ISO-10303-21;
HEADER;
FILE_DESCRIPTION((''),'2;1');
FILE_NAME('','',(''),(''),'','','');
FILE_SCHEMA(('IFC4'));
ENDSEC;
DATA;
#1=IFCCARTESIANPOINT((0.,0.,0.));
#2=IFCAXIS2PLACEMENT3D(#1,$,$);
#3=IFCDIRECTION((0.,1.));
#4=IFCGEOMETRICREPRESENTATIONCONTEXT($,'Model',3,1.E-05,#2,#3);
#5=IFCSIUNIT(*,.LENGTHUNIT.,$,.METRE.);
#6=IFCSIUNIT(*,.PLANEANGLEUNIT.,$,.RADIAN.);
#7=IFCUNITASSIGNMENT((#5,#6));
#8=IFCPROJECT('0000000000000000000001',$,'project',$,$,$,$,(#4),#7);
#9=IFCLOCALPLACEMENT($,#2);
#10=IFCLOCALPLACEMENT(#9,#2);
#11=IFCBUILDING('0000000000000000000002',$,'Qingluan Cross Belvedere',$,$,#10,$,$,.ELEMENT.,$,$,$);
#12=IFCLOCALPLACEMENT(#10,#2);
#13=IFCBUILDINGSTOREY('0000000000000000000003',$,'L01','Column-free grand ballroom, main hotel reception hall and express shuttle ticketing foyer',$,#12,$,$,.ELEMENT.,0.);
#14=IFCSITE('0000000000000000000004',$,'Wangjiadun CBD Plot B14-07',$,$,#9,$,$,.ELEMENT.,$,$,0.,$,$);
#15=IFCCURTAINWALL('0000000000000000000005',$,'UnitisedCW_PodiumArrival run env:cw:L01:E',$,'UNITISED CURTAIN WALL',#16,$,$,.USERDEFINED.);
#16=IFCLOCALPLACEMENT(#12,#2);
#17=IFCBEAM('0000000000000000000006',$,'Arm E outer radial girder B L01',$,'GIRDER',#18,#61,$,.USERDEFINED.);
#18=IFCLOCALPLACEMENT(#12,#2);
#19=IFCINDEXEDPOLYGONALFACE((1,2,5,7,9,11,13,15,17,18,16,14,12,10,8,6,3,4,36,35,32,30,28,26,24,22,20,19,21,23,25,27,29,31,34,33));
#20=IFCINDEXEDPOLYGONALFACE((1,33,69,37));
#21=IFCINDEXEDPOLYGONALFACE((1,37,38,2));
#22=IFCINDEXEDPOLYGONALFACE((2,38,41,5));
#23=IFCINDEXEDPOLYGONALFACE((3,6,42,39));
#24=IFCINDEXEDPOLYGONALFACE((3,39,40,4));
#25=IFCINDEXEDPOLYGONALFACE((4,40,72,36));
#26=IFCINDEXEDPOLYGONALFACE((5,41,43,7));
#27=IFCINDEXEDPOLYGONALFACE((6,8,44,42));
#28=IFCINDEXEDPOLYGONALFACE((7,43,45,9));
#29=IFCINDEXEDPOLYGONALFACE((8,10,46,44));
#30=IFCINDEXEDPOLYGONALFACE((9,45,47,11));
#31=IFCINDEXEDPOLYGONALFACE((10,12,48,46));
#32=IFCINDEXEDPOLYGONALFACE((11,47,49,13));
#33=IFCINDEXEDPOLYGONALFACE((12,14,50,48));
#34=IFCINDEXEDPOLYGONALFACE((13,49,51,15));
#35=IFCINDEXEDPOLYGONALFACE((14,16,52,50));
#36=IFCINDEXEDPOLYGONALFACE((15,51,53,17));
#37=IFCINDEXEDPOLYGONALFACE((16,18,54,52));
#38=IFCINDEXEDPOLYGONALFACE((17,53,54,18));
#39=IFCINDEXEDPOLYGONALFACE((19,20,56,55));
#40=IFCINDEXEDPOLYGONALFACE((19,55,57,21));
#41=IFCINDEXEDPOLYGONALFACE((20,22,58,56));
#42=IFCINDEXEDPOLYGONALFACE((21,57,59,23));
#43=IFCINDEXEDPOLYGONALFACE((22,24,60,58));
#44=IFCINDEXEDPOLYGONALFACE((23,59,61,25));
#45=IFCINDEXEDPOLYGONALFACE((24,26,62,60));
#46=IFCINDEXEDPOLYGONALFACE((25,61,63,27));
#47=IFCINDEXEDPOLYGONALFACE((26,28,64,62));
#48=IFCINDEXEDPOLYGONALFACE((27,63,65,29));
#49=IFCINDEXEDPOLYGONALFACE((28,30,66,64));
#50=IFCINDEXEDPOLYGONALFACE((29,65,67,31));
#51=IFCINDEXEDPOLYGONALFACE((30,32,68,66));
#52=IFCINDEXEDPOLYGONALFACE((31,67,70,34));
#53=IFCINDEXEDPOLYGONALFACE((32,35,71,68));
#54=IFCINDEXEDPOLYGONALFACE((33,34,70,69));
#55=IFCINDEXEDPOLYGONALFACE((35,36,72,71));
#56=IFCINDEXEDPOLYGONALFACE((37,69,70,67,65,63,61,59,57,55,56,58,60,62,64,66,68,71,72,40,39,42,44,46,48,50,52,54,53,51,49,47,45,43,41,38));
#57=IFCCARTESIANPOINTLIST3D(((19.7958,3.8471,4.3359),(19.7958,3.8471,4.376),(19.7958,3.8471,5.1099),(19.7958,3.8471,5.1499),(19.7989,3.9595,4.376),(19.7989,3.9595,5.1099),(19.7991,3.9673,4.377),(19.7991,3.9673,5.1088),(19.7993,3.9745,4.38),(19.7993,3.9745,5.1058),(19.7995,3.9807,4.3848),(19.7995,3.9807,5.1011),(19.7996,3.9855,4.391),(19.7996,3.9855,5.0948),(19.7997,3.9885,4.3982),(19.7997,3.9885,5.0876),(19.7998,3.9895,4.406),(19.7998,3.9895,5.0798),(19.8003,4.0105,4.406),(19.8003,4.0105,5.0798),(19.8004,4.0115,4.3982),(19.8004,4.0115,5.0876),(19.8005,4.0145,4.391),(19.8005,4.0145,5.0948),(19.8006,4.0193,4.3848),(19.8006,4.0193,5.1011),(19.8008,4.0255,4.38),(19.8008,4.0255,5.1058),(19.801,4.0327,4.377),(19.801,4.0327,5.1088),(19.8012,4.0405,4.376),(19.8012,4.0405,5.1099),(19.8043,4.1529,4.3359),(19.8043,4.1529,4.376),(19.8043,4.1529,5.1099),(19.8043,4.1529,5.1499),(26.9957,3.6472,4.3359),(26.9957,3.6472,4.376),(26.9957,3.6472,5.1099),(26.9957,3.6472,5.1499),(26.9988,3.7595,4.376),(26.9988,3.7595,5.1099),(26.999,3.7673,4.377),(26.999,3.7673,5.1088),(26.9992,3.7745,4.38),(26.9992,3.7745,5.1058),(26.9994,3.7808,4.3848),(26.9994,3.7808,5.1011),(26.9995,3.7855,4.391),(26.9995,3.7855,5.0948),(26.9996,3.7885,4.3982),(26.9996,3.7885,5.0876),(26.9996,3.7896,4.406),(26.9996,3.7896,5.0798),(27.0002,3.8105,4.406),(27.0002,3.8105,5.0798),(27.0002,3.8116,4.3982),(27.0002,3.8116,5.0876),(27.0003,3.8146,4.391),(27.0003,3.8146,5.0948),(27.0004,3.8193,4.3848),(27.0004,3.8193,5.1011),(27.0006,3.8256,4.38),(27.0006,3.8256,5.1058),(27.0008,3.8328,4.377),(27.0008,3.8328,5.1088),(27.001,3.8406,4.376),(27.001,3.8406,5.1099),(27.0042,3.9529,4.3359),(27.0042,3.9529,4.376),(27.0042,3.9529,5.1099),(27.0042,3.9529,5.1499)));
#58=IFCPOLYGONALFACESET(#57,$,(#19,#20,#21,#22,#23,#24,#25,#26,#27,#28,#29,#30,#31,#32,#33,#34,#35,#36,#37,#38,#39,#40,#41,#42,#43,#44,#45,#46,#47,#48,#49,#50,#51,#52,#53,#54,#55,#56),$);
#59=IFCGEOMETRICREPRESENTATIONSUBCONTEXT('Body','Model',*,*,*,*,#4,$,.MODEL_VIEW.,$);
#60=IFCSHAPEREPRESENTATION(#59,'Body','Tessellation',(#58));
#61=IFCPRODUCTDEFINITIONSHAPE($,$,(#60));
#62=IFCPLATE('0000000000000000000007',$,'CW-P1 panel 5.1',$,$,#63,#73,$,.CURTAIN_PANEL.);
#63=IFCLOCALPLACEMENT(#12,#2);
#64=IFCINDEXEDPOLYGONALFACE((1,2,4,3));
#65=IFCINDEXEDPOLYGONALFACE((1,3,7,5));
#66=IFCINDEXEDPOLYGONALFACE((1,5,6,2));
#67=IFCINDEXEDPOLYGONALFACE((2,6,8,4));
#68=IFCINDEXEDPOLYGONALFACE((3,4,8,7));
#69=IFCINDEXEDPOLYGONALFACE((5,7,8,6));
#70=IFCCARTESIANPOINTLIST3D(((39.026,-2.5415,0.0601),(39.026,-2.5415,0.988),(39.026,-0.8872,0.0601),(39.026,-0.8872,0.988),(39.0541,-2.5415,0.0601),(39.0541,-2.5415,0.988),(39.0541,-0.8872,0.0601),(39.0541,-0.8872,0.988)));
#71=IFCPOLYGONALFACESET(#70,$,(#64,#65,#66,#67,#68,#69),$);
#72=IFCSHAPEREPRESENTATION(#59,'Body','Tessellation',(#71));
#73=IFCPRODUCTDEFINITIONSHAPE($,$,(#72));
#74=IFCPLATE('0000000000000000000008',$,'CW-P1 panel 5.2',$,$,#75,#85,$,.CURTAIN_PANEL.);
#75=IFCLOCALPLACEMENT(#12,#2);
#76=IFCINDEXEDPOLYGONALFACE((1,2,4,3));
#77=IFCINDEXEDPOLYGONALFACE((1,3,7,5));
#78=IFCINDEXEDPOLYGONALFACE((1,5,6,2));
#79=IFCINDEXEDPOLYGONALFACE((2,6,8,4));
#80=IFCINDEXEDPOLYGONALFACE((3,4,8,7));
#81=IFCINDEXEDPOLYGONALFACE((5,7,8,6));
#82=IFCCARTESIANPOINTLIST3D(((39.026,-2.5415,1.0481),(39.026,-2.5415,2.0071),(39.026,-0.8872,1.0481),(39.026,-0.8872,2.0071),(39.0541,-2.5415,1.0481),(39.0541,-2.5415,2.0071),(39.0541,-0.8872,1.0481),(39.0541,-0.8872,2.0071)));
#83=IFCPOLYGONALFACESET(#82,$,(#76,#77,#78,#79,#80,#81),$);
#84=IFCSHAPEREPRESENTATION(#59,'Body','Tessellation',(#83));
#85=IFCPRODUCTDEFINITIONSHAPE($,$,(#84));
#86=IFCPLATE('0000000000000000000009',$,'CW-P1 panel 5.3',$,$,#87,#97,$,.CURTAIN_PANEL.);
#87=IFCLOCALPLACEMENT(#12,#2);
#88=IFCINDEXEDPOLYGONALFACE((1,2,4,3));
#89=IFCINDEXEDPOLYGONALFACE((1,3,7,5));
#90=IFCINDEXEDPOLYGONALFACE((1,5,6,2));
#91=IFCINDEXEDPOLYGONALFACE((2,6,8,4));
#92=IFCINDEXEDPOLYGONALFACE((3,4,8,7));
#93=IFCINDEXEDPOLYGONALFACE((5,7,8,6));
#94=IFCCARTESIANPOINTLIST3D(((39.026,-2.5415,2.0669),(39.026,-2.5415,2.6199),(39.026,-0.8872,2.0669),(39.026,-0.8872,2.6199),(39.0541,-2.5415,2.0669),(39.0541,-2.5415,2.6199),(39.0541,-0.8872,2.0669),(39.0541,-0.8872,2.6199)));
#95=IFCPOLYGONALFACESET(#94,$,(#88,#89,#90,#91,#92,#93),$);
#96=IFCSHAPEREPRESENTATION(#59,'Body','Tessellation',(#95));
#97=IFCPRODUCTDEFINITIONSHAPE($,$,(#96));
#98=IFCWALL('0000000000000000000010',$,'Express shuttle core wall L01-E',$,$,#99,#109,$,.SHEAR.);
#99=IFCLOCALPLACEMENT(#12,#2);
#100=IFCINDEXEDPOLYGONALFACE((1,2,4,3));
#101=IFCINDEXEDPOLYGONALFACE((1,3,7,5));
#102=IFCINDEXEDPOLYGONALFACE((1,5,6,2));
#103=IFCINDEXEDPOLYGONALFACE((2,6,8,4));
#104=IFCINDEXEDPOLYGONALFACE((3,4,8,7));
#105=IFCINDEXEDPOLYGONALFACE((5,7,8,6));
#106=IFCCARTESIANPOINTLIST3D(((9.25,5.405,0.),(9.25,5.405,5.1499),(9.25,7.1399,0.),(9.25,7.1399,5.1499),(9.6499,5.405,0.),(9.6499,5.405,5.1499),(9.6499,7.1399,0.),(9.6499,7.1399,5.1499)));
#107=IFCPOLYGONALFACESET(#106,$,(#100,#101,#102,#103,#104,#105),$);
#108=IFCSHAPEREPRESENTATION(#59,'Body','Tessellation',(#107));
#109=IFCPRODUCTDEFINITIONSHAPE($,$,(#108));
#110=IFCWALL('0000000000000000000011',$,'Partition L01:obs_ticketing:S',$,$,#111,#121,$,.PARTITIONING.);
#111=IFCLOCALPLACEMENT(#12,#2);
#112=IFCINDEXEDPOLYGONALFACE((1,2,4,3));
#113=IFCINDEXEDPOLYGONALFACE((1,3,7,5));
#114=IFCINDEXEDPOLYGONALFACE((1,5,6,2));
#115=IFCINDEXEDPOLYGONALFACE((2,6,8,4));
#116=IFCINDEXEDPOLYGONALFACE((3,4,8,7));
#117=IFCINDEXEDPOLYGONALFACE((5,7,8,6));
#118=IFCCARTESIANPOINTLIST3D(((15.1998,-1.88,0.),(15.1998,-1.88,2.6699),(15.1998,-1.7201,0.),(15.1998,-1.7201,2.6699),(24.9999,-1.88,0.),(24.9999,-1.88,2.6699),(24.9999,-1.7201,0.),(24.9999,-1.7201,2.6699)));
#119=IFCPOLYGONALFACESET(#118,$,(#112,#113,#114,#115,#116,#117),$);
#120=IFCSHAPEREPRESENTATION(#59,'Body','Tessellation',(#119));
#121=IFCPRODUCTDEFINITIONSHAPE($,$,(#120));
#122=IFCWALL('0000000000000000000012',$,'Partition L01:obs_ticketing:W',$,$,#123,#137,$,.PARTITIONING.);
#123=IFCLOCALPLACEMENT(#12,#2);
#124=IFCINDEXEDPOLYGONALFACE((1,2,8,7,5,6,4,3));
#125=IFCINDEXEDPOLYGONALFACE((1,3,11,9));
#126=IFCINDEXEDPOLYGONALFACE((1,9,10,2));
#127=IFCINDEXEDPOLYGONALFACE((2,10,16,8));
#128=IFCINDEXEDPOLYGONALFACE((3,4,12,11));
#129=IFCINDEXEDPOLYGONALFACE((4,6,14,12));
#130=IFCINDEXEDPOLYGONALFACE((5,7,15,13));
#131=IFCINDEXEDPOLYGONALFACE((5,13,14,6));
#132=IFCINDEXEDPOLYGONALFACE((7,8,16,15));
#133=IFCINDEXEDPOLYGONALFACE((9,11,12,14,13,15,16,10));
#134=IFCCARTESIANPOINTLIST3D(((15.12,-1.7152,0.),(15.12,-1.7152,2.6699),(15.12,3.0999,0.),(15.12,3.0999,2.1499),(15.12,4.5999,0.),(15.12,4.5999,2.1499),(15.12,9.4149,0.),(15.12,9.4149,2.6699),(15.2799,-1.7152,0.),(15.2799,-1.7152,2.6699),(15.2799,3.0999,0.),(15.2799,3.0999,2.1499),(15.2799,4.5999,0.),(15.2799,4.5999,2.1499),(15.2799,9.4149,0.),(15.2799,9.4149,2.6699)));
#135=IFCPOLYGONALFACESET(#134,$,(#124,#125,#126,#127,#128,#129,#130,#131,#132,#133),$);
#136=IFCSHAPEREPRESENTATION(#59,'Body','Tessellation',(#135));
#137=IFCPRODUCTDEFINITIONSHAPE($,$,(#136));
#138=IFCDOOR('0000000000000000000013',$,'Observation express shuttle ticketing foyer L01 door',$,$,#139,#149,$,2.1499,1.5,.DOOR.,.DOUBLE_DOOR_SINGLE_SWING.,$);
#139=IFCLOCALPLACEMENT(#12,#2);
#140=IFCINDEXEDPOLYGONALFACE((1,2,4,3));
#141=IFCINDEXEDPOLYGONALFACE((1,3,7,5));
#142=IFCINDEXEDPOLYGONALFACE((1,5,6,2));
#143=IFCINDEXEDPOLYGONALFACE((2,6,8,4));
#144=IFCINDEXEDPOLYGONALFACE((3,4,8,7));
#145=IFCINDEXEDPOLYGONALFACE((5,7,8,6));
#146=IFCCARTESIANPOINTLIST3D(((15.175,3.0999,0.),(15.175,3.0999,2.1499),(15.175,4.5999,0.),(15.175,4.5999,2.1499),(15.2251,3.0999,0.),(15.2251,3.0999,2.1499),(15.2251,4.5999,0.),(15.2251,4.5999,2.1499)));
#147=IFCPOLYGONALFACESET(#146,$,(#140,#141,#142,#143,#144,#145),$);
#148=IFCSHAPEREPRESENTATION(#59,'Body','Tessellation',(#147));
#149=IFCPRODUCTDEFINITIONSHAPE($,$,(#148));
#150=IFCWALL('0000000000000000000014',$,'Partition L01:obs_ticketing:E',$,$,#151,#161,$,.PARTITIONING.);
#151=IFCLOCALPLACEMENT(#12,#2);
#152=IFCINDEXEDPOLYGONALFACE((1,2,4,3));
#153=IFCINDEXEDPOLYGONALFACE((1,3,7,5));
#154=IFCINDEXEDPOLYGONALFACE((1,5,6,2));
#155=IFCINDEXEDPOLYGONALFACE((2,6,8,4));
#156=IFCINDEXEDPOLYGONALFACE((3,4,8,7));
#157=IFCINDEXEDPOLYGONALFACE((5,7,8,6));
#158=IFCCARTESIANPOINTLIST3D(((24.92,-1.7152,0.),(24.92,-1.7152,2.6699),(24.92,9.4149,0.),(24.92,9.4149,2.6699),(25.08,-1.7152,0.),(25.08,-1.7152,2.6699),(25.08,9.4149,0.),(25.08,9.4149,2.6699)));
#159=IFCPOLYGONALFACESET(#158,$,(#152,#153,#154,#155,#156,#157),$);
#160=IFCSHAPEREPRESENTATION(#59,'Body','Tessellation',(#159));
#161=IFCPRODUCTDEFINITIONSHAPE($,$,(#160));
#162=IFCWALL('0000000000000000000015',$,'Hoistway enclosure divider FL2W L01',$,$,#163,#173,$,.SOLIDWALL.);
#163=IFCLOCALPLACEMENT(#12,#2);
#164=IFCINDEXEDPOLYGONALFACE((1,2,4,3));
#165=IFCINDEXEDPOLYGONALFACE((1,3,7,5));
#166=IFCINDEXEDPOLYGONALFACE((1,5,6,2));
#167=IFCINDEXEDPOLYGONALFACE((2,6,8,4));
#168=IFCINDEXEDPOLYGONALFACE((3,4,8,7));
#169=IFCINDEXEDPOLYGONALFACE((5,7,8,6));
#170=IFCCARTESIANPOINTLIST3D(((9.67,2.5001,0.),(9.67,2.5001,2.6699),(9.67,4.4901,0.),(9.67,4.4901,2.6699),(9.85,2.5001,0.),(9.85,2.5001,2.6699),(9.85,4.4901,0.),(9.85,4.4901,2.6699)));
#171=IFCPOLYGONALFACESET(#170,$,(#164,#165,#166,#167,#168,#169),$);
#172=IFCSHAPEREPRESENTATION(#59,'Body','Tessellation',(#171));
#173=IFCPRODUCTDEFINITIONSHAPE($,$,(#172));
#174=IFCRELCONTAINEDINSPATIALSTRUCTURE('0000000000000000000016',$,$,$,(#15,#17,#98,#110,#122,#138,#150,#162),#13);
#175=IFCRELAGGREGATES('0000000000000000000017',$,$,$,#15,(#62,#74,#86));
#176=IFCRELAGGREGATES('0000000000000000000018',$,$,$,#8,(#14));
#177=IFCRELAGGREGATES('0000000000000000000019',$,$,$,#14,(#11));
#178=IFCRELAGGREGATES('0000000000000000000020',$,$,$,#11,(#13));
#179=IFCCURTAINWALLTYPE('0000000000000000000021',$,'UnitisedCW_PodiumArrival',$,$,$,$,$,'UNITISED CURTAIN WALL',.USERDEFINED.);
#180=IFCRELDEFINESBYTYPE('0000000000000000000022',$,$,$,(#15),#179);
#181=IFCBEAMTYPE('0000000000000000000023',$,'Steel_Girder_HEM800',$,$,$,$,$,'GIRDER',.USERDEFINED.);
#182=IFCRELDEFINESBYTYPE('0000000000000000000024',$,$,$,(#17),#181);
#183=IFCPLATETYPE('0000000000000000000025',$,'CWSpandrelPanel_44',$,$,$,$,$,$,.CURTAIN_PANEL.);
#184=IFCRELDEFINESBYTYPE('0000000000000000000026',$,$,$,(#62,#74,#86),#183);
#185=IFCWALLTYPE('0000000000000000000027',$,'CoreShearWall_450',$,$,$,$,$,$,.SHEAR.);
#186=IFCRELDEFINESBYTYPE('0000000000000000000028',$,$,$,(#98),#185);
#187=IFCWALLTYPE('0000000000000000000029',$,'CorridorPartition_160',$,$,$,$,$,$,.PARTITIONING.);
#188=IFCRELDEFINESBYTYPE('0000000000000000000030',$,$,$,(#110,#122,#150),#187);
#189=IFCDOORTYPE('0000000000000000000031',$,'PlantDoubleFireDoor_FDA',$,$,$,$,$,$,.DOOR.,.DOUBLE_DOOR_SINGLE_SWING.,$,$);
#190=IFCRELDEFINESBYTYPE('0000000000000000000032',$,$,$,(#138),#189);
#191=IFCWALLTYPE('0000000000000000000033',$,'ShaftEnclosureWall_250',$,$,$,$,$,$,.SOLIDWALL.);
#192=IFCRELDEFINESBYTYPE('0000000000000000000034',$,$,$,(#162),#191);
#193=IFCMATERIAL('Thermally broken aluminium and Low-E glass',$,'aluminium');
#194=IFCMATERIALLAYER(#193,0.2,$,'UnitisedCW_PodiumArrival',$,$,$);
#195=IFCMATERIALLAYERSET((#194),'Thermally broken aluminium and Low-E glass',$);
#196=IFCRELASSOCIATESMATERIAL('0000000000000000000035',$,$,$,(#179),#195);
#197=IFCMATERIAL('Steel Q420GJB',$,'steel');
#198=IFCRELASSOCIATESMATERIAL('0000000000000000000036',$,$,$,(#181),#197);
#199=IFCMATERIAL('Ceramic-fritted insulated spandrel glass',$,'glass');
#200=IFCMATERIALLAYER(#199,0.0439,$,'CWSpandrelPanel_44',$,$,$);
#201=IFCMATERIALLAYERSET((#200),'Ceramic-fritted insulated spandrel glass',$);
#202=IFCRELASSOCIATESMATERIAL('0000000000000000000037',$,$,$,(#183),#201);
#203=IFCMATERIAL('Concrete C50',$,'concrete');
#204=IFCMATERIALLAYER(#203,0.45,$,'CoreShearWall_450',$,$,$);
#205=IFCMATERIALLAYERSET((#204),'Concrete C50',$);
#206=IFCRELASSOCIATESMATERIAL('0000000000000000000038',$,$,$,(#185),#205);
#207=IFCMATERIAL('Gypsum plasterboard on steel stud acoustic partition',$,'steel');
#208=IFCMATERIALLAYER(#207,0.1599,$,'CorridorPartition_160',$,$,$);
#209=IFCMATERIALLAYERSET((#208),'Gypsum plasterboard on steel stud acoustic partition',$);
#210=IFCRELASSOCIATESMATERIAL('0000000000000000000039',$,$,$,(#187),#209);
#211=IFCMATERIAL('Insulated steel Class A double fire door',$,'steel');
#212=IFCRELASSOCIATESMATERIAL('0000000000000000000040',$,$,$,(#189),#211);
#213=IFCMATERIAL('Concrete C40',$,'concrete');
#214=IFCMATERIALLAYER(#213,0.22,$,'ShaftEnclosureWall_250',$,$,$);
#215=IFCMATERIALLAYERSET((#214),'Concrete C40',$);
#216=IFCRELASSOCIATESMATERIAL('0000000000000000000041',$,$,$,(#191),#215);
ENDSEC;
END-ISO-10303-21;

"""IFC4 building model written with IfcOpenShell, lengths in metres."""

from ifc_helpers import new_model, si_unit, direction, frame, frame_2d, origin, origin_2d, place, context, subcontext, project, spatial, rectangle, i_section, extrude, material, layer, layer_set, material_profile, profile_set, type_object, element, fill, aggregate, save


model = new_model("IFC4")

# Units and contexts
model_context = context("Model", 3, precision=1e-05, world=origin(), true_north=direction((0.0, 1.0)))
body_context = subcontext(model_context, "Body", "Model", "MODEL_VIEW")
ifc_project = project(units=[si_unit("LENGTHUNIT", "METRE"), si_unit("PLANEANGLEUNIT", "RADIAN")], contexts=[model_context])

# Site, building, storey
site_placement = place(None, origin())
site = spatial("IfcSite", under=ifc_project, at=site_placement, Name="Wangjiadun CBD Plot B14-07", CompositionType="ELEMENT", RefElevation=0.0)
building_placement = place(site_placement, origin())
building = spatial("IfcBuilding", under=site, at=building_placement, Name="Qingluan Cross Belvedere", CompositionType="ELEMENT")
storey_placement = place(building_placement, origin())
storey = spatial("IfcBuildingStorey", under=building, at=storey_placement, Name="L01", Description="Column-free grand ballroom, main hotel reception hall and express shuttle ticketing foyer", CompositionType="ELEMENT", Elevation=0.0)

# Curtain wall
ifc_material_1 = material(Name="Thermally broken aluminium and Low-E glass", Category="aluminium")
ifc_layer_1 = layer(ifc_material_1, 0.2, Name="UnitisedCW_PodiumArrival")
ifc_layer_set_1 = layer_set([ifc_layer_1], Name="Thermally broken aluminium and Low-E glass")
curtain_wall_type = type_object("IfcCurtainWallType", Name="UnitisedCW_PodiumArrival", ElementType="UNITISED CURTAIN WALL", PredefinedType="USERDEFINED", material=ifc_layer_set_1)
curtain_wall_placement = place(storey_placement, origin())
curtain_wall = element("IfcCurtainWall", 1, at=curtain_wall_placement, inside=storey, type_object=curtain_wall_type, Name="UnitisedCW_PodiumArrival run env:cw:L01:E", ObjectType="UNITISED CURTAIN WALL", PredefinedType="USERDEFINED")

# Beam
ifc_material_2 = material(Name="Steel Q420GJB", Category="steel")
ifc_material_profile_1 = material_profile(ifc_material_2, i_section(OverallWidth=0.3059, OverallDepth=0.814, WebThickness=0.021, FlangeThickness=0.04, FilletRadius=0.03, at=origin_2d()), Name="HEM800")
ifc_profile_set_1 = profile_set([ifc_material_profile_1], Name="Steel Q420GJB")
beam_type = type_object("IfcBeamType", Name="Steel_Girder_HEM800", ElementType="GIRDER", PredefinedType="USERDEFINED", material=ifc_profile_set_1)
beam_1_placement = place(storey_placement, frame((19.8, 4.0, 4.7429), z_axis=(0.999615, -0.02776, 0.0), x_axis=(0.02776, 0.999615, 0.0)))
element("IfcBeam", 2, at=beam_1_placement, inside=storey, type_object=beam_type, Name="Arm E outer radial girder B L01", ObjectType="GIRDER", PredefinedType="USERDEFINED", context=body_context, shape_type="SweptSolid", body=[
    extrude(i_section(OverallWidth=0.3059, OverallDepth=0.814, WebThickness=0.021, FlangeThickness=0.04, FilletRadius=0.03, at=origin_2d()), origin(), (0.0, 0.0, 1.0), 7.2026),
])

# Plates
ifc_material_3 = material(Name="Ceramic-fritted insulated spandrel glass", Category="glass")
ifc_layer_2 = layer(ifc_material_3, 0.0439, Name="CWSpandrelPanel_44")
ifc_layer_set_2 = layer_set([ifc_layer_2], Name="Ceramic-fritted insulated spandrel glass")
plate_type = type_object("IfcPlateType", Name="CWSpandrelPanel_44", PredefinedType="CURTAIN_PANEL", material=ifc_layer_set_2)
plate_1_placement = place(storey_placement, frame((39.04, -1.7144, 0.0601), z_axis=(0.0, 0.0, 1.0), x_axis=(0.0, -1.0, 0.0)))
plate_1 = element("IfcPlate", 3, at=plate_1_placement, type_object=plate_type, Name="CW-P1 panel 5.1", PredefinedType="CURTAIN_PANEL", context=body_context, shape_type="SweptSolid", body=[
    extrude(rectangle(XDim=1.6543, YDim=0.0281, at=origin_2d()), origin(), (0.0, 0.0, 1.0), 0.928),
])
plate_2_placement = place(storey_placement, frame((39.04, -1.7144, 1.0481), z_axis=(0.0, 0.0, 1.0), x_axis=(0.0, -1.0, 0.0)))
plate_2 = element("IfcPlate", 4, at=plate_2_placement, type_object=plate_type, Name="CW-P1 panel 5.2", PredefinedType="CURTAIN_PANEL", context=body_context, shape_type="SweptSolid", body=[
    extrude(rectangle(XDim=1.6543, YDim=0.0281, at=origin_2d()), origin(), (0.0, 0.0, 1.0), 0.959),
])
plate_3_placement = place(storey_placement, frame((39.04, -1.7144, 2.0669), z_axis=(0.0, 0.0, 1.0), x_axis=(0.0, -1.0, 0.0)))
plate_3 = element("IfcPlate", 5, at=plate_3_placement, type_object=plate_type, Name="CW-P1 panel 5.3", PredefinedType="CURTAIN_PANEL", context=body_context, shape_type="SweptSolid", body=[
    extrude(rectangle(XDim=1.6543, YDim=0.0281, at=origin_2d()), origin(), (0.0, 0.0, 1.0), 0.553),
])
aggregate(curtain_wall, [plate_1, plate_2, plate_3])

# Walls
ifc_material_4 = material(Name="Concrete C50", Category="concrete")
ifc_layer_3 = layer(ifc_material_4, 0.45, Name="CoreShearWall_450")
ifc_layer_set_3 = layer_set([ifc_layer_3], Name="Concrete C50")
wall_type_1 = type_object("IfcWallType", Name="CoreShearWall_450", PredefinedType="SHEAR", material=ifc_layer_set_3)
wall_1_placement = place(storey_placement, frame((9.45, 5.405, 0.0), z_axis=(0.0, 0.0, 1.0), x_axis=(0.0, 1.0, 0.0)))
element("IfcWall", 6, at=wall_1_placement, inside=storey, type_object=wall_type_1, Name="Express shuttle core wall L01-E", PredefinedType="SHEAR", context=body_context, shape_type="SweptSolid", body=[
    extrude(rectangle(XDim=1.7349, YDim=0.3999, at=frame_2d((0.8674, 0.0))), origin(), (0.0, 0.0, 1.0), 5.1499),
])
ifc_material_5 = material(Name="Gypsum plasterboard on steel stud acoustic partition", Category="steel")
ifc_layer_4 = layer(ifc_material_5, 0.1599, Name="CorridorPartition_160")
ifc_layer_set_4 = layer_set([ifc_layer_4], Name="Gypsum plasterboard on steel stud acoustic partition")
wall_type_2 = type_object("IfcWallType", Name="CorridorPartition_160", PredefinedType="PARTITIONING", material=ifc_layer_set_4)
wall_2_placement = place(storey_placement, frame((15.2, -1.8, 0.0), z_axis=(0.0, 0.0, 1.0), x_axis=(1.0, 0.0, 0.0)))
element("IfcWall", 7, at=wall_2_placement, inside=storey, type_object=wall_type_2, Name="Partition L01:obs_ticketing:S", PredefinedType="PARTITIONING", context=body_context, shape_type="SweptSolid", body=[
    extrude(rectangle(XDim=9.8, YDim=0.1599, at=frame_2d((4.8999, 0.0))), origin(), (0.0, 0.0, 1.0), 2.6699),
])

# Wall, opening, door
wall_3_placement = place(storey_placement, frame((15.2, -1.7151, 0.0), z_axis=(0.0, 0.0, 1.0), x_axis=(0.0, 1.0, 0.0)))
wall_3 = element("IfcWall", 8, at=wall_3_placement, inside=storey, type_object=wall_type_2, Name="Partition L01:obs_ticketing:W", PredefinedType="PARTITIONING", context=body_context, shape_type="SweptSolid", body=[
    extrude(rectangle(XDim=11.1301, YDim=0.1599, at=frame_2d((5.5649, 0.0))), origin(), (0.0, 0.0, 1.0), 2.6699),
])
opening_placement = place(wall_3_placement, frame((4.8149, 0.0, 0.0)))
opening = element("IfcOpeningElement", 9, at=opening_placement, cuts=wall_3, PredefinedType="OPENING", context=body_context, shape_type="SweptSolid", body=[
    extrude(rectangle(XDim=1.5, YDim=2.1499, at=frame_2d((0.75, 1.075))), frame((0.0, 0.0898, 0.0), z_axis=(0.0, -1.0, 0.0), x_axis=(1.0, 0.0, 0.0)), (0.0, 0.0, 1.0), 0.1799),
])
ifc_material_6 = material(Name="Insulated steel Class A double fire door", Category="steel")
door_type = type_object("IfcDoorType", Name="PlantDoubleFireDoor_FDA", OperationType="DOUBLE_DOOR_SINGLE_SWING", PredefinedType="DOOR", material=ifc_material_6)
door_placement = place(opening_placement, origin())
door = element("IfcDoor", 10, at=door_placement, inside=storey, type_object=door_type, Name="Observation express shuttle ticketing foyer L01 door", OperationType="DOUBLE_DOOR_SINGLE_SWING", OverallHeight=2.1499, OverallWidth=1.5, PredefinedType="DOOR", context=body_context, shape_type="SweptSolid", body=[
    extrude(rectangle(XDim=1.5, YDim=2.1499, at=frame_2d((0.75, 1.075))), frame((0.0, 0.0249, 0.0), z_axis=(0.0, -1.0, 0.0), x_axis=(1.0, 0.0, 0.0)), (0.0, 0.0, 1.0), 0.05),
])
fill(opening, door)

# Walls
wall_4_placement = place(storey_placement, frame((25.0, -1.7151, 0.0), z_axis=(0.0, 0.0, 1.0), x_axis=(0.0, 1.0, 0.0)))
element("IfcWall", 11, at=wall_4_placement, inside=storey, type_object=wall_type_2, Name="Partition L01:obs_ticketing:E", PredefinedType="PARTITIONING", context=body_context, shape_type="SweptSolid", body=[
    extrude(rectangle(XDim=11.1301, YDim=0.1599, at=frame_2d((5.5649, 0.0))), origin(), (0.0, 0.0, 1.0), 2.6699),
])
ifc_material_7 = material(Name="Concrete C40", Category="concrete")
ifc_layer_5 = layer(ifc_material_7, 0.22, Name="ShaftEnclosureWall_250")
ifc_layer_set_5 = layer_set([ifc_layer_5], Name="Concrete C40")
wall_type_3 = type_object("IfcWallType", Name="ShaftEnclosureWall_250", PredefinedType="SOLIDWALL", material=ifc_layer_set_5)
wall_5_placement = place(storey_placement, frame((9.76, 2.5, 0.0), z_axis=(0.0, 0.0, 1.0), x_axis=(0.0, 1.0, 0.0)))
element("IfcWall", 12, at=wall_5_placement, inside=storey, type_object=wall_type_3, Name="Hoistway enclosure divider FL2W L01", PredefinedType="SOLIDWALL", context=body_context, shape_type="SweptSolid", body=[
    extrude(rectangle(XDim=1.99, YDim=0.1799, at=frame_2d((0.9951, 0.0))), origin(), (0.0, 0.0, 1.0), 2.6699),
])

save(model, "model.ifc")
